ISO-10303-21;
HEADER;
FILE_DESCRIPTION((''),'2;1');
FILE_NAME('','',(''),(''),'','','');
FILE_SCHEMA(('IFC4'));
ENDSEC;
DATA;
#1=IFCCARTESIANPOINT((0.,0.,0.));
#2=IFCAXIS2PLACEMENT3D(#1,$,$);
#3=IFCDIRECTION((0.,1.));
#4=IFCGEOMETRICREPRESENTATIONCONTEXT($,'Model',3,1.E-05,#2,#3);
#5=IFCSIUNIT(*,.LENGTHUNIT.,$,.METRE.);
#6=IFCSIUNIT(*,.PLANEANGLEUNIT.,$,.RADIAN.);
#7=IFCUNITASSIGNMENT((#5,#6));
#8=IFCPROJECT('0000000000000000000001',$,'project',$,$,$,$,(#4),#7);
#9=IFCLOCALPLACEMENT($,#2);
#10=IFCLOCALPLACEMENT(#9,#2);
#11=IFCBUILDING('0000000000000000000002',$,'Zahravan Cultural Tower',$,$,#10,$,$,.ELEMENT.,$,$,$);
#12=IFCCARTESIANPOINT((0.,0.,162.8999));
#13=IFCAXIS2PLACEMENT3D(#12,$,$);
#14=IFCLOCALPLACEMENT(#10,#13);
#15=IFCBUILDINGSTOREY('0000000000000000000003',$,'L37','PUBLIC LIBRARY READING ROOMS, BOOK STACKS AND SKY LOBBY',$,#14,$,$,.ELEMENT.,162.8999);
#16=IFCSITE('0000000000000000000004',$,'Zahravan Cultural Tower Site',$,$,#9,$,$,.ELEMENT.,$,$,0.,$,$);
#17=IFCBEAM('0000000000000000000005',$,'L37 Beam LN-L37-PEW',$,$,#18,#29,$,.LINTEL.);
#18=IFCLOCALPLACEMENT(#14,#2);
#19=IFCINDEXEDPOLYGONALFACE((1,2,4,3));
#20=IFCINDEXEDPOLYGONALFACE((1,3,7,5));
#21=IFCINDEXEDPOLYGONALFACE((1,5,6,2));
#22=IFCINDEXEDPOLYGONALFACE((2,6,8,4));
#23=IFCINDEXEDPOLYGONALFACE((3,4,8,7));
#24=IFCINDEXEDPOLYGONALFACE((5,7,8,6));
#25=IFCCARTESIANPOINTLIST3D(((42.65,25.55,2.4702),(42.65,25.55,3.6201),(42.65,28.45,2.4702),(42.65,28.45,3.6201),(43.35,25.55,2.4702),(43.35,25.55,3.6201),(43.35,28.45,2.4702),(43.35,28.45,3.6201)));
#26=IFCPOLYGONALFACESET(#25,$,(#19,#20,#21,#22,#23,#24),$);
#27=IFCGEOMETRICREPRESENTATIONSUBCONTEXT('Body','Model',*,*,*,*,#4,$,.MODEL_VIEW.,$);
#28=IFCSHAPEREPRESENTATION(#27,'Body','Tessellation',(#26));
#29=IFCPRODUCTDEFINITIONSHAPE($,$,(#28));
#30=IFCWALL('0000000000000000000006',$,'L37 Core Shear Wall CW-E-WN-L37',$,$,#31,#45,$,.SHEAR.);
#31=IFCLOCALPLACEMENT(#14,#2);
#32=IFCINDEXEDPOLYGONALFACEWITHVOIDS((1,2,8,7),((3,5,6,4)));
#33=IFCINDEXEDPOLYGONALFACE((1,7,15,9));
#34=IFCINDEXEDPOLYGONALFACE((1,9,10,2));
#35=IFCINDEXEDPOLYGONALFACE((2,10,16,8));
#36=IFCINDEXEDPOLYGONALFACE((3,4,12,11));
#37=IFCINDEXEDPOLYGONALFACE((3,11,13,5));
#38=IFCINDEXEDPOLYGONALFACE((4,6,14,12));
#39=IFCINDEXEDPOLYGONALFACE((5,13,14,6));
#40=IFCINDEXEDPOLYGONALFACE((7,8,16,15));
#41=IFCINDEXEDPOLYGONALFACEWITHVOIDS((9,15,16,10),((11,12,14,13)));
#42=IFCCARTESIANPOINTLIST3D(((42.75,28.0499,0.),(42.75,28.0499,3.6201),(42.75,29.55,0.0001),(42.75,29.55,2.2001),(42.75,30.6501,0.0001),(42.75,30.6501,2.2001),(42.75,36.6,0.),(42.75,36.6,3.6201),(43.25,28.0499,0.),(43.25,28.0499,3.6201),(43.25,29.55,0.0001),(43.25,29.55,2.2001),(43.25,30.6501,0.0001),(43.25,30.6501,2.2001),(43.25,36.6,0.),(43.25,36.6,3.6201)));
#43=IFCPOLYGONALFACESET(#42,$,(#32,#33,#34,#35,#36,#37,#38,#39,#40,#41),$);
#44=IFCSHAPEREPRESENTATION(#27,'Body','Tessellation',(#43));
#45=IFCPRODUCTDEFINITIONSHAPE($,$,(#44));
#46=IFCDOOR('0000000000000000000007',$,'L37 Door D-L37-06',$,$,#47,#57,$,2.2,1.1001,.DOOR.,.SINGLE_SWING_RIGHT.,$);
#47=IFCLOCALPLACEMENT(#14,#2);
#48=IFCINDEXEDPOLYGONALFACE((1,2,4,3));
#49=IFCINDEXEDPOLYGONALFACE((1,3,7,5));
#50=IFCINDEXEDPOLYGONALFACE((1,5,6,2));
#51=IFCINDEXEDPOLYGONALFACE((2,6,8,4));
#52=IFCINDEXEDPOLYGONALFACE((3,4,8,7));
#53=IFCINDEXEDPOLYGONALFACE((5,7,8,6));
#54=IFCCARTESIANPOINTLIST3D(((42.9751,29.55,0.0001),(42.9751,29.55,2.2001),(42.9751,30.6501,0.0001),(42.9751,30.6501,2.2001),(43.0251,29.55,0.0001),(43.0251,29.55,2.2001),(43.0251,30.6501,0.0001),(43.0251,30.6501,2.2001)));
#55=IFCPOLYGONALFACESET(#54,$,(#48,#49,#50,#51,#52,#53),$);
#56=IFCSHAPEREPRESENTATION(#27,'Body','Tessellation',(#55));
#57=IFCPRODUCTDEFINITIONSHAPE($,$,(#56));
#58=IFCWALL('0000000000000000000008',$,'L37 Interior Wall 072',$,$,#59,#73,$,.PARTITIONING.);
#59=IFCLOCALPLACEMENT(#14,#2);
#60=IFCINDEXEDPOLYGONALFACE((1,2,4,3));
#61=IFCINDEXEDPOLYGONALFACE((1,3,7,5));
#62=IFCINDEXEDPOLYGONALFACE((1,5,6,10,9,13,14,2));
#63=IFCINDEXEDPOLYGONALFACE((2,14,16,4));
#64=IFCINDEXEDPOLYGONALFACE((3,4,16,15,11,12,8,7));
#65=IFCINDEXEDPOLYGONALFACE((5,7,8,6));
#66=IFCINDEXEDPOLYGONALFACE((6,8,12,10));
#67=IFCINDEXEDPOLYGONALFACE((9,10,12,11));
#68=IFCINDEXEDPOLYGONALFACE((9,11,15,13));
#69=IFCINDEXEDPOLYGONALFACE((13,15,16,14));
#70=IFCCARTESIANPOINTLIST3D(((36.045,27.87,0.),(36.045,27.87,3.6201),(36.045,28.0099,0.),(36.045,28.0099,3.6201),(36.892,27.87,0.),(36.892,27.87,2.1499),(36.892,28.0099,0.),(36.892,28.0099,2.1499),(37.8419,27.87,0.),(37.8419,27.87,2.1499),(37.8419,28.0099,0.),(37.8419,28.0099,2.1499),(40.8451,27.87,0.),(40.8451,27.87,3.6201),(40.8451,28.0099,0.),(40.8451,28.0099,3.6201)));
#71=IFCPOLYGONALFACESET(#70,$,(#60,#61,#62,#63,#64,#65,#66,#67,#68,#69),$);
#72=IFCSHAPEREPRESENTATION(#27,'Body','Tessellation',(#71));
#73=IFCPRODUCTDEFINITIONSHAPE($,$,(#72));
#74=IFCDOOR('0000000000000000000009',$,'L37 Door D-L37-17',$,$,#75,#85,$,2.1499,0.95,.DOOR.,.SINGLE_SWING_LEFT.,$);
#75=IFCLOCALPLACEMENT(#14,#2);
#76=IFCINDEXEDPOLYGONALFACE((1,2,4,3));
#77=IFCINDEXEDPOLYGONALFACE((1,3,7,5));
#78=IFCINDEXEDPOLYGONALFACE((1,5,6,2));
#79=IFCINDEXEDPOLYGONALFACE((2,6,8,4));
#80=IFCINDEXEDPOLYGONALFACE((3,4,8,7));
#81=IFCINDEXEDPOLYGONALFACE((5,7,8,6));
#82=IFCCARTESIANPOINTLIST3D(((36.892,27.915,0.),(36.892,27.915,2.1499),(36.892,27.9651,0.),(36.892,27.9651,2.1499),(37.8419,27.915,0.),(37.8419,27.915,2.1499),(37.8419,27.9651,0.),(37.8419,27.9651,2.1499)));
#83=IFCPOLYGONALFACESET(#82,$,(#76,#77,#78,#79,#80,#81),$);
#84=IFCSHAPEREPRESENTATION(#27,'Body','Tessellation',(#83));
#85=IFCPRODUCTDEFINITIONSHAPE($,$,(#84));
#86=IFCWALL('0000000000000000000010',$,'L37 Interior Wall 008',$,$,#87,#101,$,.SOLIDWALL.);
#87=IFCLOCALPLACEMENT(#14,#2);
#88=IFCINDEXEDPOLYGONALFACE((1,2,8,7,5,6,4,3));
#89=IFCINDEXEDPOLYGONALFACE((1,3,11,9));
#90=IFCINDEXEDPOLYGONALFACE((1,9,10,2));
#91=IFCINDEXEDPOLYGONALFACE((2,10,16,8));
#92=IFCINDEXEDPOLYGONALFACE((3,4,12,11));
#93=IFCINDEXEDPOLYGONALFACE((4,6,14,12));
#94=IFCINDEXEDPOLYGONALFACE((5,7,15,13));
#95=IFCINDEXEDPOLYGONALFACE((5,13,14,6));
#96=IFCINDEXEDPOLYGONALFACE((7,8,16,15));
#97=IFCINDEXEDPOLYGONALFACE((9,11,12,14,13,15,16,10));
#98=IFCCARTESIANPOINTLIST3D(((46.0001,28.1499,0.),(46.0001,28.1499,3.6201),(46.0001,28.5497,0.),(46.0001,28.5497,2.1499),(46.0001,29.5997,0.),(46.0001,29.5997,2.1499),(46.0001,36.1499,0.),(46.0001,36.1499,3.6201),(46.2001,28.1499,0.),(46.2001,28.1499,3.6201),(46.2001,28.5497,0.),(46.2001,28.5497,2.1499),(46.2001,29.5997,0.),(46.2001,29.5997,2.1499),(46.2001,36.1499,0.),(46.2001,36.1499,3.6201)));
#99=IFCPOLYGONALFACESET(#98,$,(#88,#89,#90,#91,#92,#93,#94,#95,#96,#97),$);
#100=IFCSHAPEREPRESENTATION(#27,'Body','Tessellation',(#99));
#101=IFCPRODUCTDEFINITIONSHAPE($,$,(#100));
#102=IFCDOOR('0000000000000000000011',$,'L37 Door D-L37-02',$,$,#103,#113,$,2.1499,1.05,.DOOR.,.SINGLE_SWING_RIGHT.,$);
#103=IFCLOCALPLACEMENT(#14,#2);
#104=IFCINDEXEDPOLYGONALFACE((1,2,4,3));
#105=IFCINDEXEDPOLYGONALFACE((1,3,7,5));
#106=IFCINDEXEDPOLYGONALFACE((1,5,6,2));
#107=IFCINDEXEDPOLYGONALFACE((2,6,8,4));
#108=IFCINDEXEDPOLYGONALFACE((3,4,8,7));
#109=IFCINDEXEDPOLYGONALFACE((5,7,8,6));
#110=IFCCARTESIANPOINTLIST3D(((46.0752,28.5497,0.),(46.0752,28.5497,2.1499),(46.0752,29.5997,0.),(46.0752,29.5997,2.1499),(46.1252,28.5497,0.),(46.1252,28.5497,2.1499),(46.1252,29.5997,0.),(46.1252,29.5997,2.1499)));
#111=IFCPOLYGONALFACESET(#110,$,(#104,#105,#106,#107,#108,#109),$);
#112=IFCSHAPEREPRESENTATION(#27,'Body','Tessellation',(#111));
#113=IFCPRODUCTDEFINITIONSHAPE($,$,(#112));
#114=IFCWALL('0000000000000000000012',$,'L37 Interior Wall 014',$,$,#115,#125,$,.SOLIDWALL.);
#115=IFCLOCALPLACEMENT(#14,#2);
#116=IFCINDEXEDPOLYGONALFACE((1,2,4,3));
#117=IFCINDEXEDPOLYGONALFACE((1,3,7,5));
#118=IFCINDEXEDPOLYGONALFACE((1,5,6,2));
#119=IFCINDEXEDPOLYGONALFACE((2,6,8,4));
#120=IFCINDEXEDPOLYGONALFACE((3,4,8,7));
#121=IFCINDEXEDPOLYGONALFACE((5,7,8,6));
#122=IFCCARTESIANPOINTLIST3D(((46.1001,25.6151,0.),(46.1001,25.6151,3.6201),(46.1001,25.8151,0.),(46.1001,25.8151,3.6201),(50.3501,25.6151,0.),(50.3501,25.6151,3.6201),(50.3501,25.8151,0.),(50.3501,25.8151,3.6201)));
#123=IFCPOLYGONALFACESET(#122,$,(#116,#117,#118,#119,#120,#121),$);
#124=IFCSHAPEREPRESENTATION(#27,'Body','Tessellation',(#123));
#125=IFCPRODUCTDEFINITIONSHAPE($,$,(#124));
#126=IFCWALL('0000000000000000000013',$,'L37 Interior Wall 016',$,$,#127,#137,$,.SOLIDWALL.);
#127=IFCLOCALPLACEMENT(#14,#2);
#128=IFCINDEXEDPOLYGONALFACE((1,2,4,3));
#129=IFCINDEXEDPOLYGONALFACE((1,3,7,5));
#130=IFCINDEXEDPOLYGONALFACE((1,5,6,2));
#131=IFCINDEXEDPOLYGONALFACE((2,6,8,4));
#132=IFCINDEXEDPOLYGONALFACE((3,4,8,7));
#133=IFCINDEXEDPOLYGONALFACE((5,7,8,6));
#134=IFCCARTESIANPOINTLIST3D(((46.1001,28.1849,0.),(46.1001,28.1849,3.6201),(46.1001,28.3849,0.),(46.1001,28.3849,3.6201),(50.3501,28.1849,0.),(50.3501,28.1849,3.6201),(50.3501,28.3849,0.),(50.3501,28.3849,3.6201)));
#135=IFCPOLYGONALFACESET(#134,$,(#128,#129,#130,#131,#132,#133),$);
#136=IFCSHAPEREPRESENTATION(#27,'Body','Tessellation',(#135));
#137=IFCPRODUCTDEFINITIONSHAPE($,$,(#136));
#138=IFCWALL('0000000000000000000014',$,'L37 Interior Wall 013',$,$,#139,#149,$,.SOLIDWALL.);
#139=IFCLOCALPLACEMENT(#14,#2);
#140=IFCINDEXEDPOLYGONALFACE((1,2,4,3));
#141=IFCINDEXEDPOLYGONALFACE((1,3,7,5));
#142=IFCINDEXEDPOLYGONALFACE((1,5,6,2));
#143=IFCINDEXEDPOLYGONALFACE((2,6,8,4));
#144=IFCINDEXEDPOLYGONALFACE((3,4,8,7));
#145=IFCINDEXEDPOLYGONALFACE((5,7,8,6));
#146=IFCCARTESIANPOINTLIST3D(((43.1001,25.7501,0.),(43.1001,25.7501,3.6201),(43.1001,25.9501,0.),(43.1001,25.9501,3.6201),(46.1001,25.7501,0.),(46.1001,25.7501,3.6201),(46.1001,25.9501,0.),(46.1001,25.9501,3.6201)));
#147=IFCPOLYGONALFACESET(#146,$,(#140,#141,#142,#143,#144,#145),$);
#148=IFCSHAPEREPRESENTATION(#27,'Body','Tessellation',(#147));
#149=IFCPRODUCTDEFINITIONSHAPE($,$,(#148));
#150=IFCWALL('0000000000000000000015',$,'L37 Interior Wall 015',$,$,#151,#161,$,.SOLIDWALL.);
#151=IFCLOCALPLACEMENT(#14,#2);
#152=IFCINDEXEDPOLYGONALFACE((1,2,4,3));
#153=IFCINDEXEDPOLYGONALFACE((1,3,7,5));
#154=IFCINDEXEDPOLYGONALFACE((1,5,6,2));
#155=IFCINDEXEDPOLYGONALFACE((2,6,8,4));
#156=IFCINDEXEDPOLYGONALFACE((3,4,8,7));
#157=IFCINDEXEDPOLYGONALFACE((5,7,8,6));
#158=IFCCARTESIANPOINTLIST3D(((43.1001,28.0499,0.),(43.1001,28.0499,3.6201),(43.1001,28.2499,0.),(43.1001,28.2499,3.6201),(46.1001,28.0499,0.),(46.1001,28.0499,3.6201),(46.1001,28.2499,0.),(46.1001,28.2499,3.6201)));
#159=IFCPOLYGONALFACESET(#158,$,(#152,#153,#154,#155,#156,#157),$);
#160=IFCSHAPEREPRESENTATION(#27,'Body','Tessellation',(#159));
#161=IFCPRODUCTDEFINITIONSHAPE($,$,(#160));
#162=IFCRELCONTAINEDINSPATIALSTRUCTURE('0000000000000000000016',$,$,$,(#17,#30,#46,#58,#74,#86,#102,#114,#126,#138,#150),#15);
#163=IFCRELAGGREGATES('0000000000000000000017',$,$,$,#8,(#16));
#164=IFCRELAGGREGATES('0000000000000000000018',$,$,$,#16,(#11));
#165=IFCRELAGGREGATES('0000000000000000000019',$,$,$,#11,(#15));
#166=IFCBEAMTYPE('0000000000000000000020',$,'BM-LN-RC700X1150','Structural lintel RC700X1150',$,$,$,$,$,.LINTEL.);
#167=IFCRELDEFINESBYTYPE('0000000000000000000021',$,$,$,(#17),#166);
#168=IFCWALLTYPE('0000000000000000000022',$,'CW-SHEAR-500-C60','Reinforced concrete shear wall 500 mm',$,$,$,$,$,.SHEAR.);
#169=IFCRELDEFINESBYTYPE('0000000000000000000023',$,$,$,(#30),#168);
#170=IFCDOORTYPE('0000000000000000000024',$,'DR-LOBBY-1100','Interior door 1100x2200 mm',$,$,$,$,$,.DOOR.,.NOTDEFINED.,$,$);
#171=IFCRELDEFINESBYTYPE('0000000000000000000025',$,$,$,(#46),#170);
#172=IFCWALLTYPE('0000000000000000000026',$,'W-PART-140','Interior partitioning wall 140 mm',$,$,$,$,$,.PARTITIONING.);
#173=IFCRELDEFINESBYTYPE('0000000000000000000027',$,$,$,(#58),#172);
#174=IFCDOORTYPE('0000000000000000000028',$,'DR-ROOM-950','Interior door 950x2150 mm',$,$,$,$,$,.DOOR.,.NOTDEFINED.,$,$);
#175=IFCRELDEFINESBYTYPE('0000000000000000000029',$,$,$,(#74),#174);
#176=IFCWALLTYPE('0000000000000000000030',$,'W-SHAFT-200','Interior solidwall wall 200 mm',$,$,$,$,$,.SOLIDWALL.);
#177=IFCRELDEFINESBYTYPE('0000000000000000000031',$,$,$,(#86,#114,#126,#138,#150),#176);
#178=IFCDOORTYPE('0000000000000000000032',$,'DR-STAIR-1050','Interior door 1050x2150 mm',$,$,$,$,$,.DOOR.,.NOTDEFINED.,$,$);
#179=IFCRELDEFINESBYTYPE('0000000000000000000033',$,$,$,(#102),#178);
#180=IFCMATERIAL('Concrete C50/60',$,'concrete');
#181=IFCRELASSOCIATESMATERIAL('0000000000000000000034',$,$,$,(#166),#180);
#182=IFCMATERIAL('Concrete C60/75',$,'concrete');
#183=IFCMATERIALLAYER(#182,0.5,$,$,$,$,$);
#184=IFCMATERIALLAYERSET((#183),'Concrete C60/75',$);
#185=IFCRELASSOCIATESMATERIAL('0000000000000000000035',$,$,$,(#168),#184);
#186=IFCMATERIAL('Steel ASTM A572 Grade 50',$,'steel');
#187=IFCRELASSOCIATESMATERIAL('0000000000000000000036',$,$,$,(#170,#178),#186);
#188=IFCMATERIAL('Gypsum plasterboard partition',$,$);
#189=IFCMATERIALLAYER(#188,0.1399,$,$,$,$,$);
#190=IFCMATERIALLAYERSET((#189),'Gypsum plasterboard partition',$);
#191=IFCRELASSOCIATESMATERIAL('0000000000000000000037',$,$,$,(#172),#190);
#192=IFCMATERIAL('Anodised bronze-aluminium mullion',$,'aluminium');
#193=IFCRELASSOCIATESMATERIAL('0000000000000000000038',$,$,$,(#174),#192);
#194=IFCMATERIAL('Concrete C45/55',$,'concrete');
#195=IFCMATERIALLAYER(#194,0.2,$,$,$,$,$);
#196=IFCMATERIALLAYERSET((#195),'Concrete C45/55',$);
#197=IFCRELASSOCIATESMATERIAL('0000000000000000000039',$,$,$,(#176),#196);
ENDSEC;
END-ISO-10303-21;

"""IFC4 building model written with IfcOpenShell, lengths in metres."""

from ifc_helpers import new_model, si_unit, direction, frame, frame_2d, origin, origin_2d, place, context, subcontext, project, spatial, rectangle, extrude, source, transform, mapped, material, layer, layer_set, material_profile, profile_set, type_object, element, fill, save


model = new_model("IFC4")

# Units and contexts
model_context = context("Model", 3, precision=1e-05, world=origin(), true_north=direction((0.0, 1.0)))
body_context = subcontext(model_context, "Body", "Model", "MODEL_VIEW")
ifc_project = project(units=[si_unit("LENGTHUNIT", "METRE"), si_unit("PLANEANGLEUNIT", "RADIAN")], contexts=[model_context])

# Site, building, storey
site_placement = place(None, origin())
site = spatial("IfcSite", under=ifc_project, at=site_placement, Name="Zahravan Cultural Tower Site", CompositionType="ELEMENT", RefElevation=0.0)
building_placement = place(site_placement, origin())
building = spatial("IfcBuilding", under=site, at=building_placement, Name="Zahravan Cultural Tower", CompositionType="ELEMENT")
storey_placement = place(building_placement, frame((0.0, 0.0, 162.8999)))
storey = spatial("IfcBuildingStorey", under=building, at=storey_placement, Name="L37", Description="PUBLIC LIBRARY READING ROOMS, BOOK STACKS AND SKY LOBBY", CompositionType="ELEMENT", Elevation=162.8999)

# Beam
ifc_material_1 = material(Name="Concrete C50/60", Category="concrete")
ifc_material_profile = material_profile(ifc_material_1, rectangle(XDim=0.7, YDim=1.1499, at=origin_2d()), Name="RC700X1150")
ifc_profile_set = profile_set([ifc_material_profile], Name="Concrete C50/60")
beam_type = type_object("IfcBeamType", Name="BM-LN-RC700X1150", Description="Structural lintel RC700X1150", PredefinedType="LINTEL", material=ifc_profile_set)
shared_shape_1 = source(origin(), body_context, "Body", "SweptSolid", [
    extrude(rectangle(XDim=0.7, YDim=1.1499, at=origin_2d()), origin(), (0.0, 0.0, 1.0), 2.8999),
])
beam_placement = place(storey_placement, frame((43.0, 25.55, 3.0452), z_axis=(0.0, 1.0, 0.0), x_axis=(-1.0, 0.0, 0.0)))
element("IfcBeam", 1, at=beam_placement, inside=storey, type_object=beam_type, Name="L37 Beam LN-L37-PEW", PredefinedType="LINTEL", context=body_context, shape_type="MappedRepresentation", body=[
    mapped(shared_shape_1, transform((0.0, 0.0, 0.0), x_axis=(1.0, 0.0, 0.0), y_axis=(0.0, 1.0, 0.0), z_axis=(0.0, 0.0, 1.0), scale=1.0)),
])

# Walls, openings, doors
ifc_material_2 = material(Name="Concrete C60/75", Category="concrete")
ifc_layer_1 = layer(ifc_material_2, 0.5)
ifc_layer_set_1 = layer_set([ifc_layer_1], Name="Concrete C60/75")
wall_type_1 = type_object("IfcWallType", Name="CW-SHEAR-500-C60", Description="Reinforced concrete shear wall 500 mm", PredefinedType="SHEAR", material=ifc_layer_set_1)
wall_1_placement = place(storey_placement, frame((43.0, 28.05, 0.0), z_axis=(0.0, 0.0, 1.0), x_axis=(0.0, 1.0, 0.0)))
wall_1 = element("IfcWall", 2, at=wall_1_placement, inside=storey, type_object=wall_type_1, Name="L37 Core Shear Wall CW-E-WN-L37", PredefinedType="SHEAR", context=body_context, shape_type="SweptSolid", body=[
    extrude(rectangle(XDim=8.55, YDim=0.5, at=frame_2d((4.2749, 0.0))), origin(), (0.0, 0.0, 1.0), 3.6201),
])
opening_1_placement = place(wall_1_placement, frame((1.5, 0.0, 0.0)))
opening_1 = element("IfcOpeningElement", 3, at=opening_1_placement, cuts=wall_1, PredefinedType="OPENING", context=body_context, shape_type="SweptSolid", body=[
    extrude(rectangle(XDim=1.1001, YDim=2.2, at=frame_2d((0.55, 1.1001))), frame((0.0, 0.26, 0.0), z_axis=(0.0, -1.0, 0.0), x_axis=(1.0, 0.0, 0.0)), (0.0, 0.0, 1.0), 0.52),
])
ifc_material_3 = material(Name="Steel ASTM A572 Grade 50", Category="steel")
door_type_1 = type_object("IfcDoorType", Name="DR-LOBBY-1100", Description="Interior door 1100x2200 mm", OperationType="NOTDEFINED", PredefinedType="DOOR", material=ifc_material_3)
shared_shape_2 = source(origin(), body_context, "Body", "SweptSolid", [
    extrude(rectangle(XDim=1.1001, YDim=2.2, at=frame_2d((0.55, 1.1001))), frame((0.0, 0.0249, 0.0), z_axis=(0.0, -1.0, 0.0), x_axis=(1.0, 0.0, 0.0)), (0.0, 0.0, 1.0), 0.05),
])
door_1_placement = place(opening_1_placement, origin())
door_1 = element("IfcDoor", 4, at=door_1_placement, inside=storey, type_object=door_type_1, Name="L37 Door D-L37-06", OperationType="SINGLE_SWING_RIGHT", OverallHeight=2.2, OverallWidth=1.1001, PredefinedType="DOOR", context=body_context, shape_type="MappedRepresentation", body=[
    mapped(shared_shape_2, transform((0.0, 0.0, 0.0), x_axis=(1.0, 0.0, 0.0), y_axis=(0.0, 1.0, 0.0), z_axis=(0.0, 0.0, 1.0), scale=1.0)),
])
fill(opening_1, door_1)
ifc_material_4 = material(Name="Gypsum plasterboard partition")
ifc_layer_2 = layer(ifc_material_4, 0.1399)
ifc_layer_set_2 = layer_set([ifc_layer_2], Name="Gypsum plasterboard partition")
wall_type_2 = type_object("IfcWallType", Name="W-PART-140", Description="Interior partitioning wall 140 mm", PredefinedType="PARTITIONING", material=ifc_layer_set_2)
wall_2_placement = place(storey_placement, frame((40.845, 27.9399, 0.0), z_axis=(0.0, 0.0, 1.0), x_axis=(-1.0, 0.0, 0.0)))
wall_2 = element("IfcWall", 5, at=wall_2_placement, inside=storey, type_object=wall_type_2, Name="L37 Interior Wall 072", PredefinedType="PARTITIONING", context=body_context, shape_type="SweptSolid", body=[
    extrude(rectangle(XDim=4.8, YDim=0.1399, at=frame_2d((2.3999, 0.0))), origin(), (0.0, 0.0, 1.0), 3.6201),
])
opening_2_placement = place(wall_2_placement, frame((3.0029, 0.0, 0.0)))
opening_2 = element("IfcOpeningElement", 6, at=opening_2_placement, cuts=wall_2, PredefinedType="OPENING", context=body_context, shape_type="SweptSolid", body=[
    extrude(rectangle(XDim=0.95, YDim=2.1499, at=frame_2d((0.4751, 1.075))), frame((0.0, 0.0798, 0.0), z_axis=(0.0, -1.0, 0.0), x_axis=(1.0, 0.0, 0.0)), (0.0, 0.0, 1.0), 0.1599),
])
ifc_material_5 = material(Name="Anodised bronze-aluminium mullion", Category="aluminium")
door_type_2 = type_object("IfcDoorType", Name="DR-ROOM-950", Description="Interior door 950x2150 mm", OperationType="NOTDEFINED", PredefinedType="DOOR", material=ifc_material_5)
shared_shape_3 = source(origin(), body_context, "Body", "SweptSolid", [
    extrude(rectangle(XDim=0.95, YDim=2.1499, at=frame_2d((0.4751, 1.075))), frame((0.0, 0.0249, 0.0), z_axis=(0.0, -1.0, 0.0), x_axis=(1.0, 0.0, 0.0)), (0.0, 0.0, 1.0), 0.05),
])
door_2_placement = place(opening_2_placement, origin())
door_2 = element("IfcDoor", 7, at=door_2_placement, inside=storey, type_object=door_type_2, Name="L37 Door D-L37-17", OperationType="SINGLE_SWING_LEFT", OverallHeight=2.1499, OverallWidth=0.95, PredefinedType="DOOR", context=body_context, shape_type="MappedRepresentation", body=[
    mapped(shared_shape_3, transform((0.0, 0.0, 0.0), x_axis=(1.0, 0.0, 0.0), y_axis=(0.0, 1.0, 0.0), z_axis=(0.0, 0.0, 1.0), scale=1.0)),
])
fill(opening_2, door_2)
ifc_material_6 = material(Name="Concrete C45/55", Category="concrete")
ifc_layer_3 = layer(ifc_material_6, 0.2)
ifc_layer_set_3 = layer_set([ifc_layer_3], Name="Concrete C45/55")
wall_type_3 = type_object("IfcWallType", Name="W-SHAFT-200", Description="Interior solidwall wall 200 mm", PredefinedType="SOLIDWALL", material=ifc_layer_set_3)
wall_3_placement = place(storey_placement, frame((46.1001, 28.1499, 0.0), z_axis=(0.0, 0.0, 1.0), x_axis=(0.0, 1.0, 0.0)))
wall_3 = element("IfcWall", 8, at=wall_3_placement, inside=storey, type_object=wall_type_3, Name="L37 Interior Wall 008", PredefinedType="SOLIDWALL", context=body_context, shape_type="SweptSolid", body=[
    extrude(rectangle(XDim=8.0, YDim=0.2, at=frame_2d((4.0, 0.0))), origin(), (0.0, 0.0, 1.0), 3.6201),
])
opening_3_placement = place(wall_3_placement, frame((0.3999, 0.0, 0.0)))
opening_3 = element("IfcOpeningElement", 9, at=opening_3_placement, cuts=wall_3, PredefinedType="OPENING", context=body_context, shape_type="SweptSolid", body=[
    extrude(rectangle(XDim=1.05, YDim=2.1499, at=frame_2d((0.5249, 1.075))), frame((0.0, 0.1099, 0.0), z_axis=(0.0, -1.0, 0.0), x_axis=(1.0, 0.0, 0.0)), (0.0, 0.0, 1.0), 0.22),
])
door_type_3 = type_object("IfcDoorType", Name="DR-STAIR-1050", Description="Interior door 1050x2150 mm", OperationType="NOTDEFINED", PredefinedType="DOOR", material=ifc_material_3)
shared_shape_4 = source(origin(), body_context, "Body", "SweptSolid", [
    extrude(rectangle(XDim=1.05, YDim=2.1499, at=frame_2d((0.5249, 1.075))), frame((0.0, 0.0249, 0.0), z_axis=(0.0, -1.0, 0.0), x_axis=(1.0, 0.0, 0.0)), (0.0, 0.0, 1.0), 0.05),
])
door_3_placement = place(opening_3_placement, origin())
door_3 = element("IfcDoor", 10, at=door_3_placement, inside=storey, type_object=door_type_3, Name="L37 Door D-L37-02", OperationType="SINGLE_SWING_RIGHT", OverallHeight=2.1499, OverallWidth=1.05, PredefinedType="DOOR", context=body_context, shape_type="MappedRepresentation", body=[
    mapped(shared_shape_4, transform((0.0, 0.0, 0.0), x_axis=(1.0, 0.0, 0.0), y_axis=(0.0, 1.0, 0.0), z_axis=(0.0, 0.0, 1.0), scale=1.0)),
])
fill(opening_3, door_3)

# Walls
shared_shape_5 = source(origin(), body_context, "Body", "SweptSolid", [
    extrude(rectangle(XDim=4.25, YDim=0.2, at=frame_2d((2.125, 0.0))), origin(), (0.0, 0.0, 1.0), 3.6201),
])
for number, where, z_axis, x_axis, name in (
    (11, (46.1001, 25.7151, 0.0), (0.0, 0.0, 1.0), (1.0, 0.0, 0.0), "L37 Interior Wall 014"),
    (12, (46.1001, 28.2849, 0.0), (0.0, 0.0, 1.0), (1.0, 0.0, 0.0), "L37 Interior Wall 016"),
):
    element("IfcWall", number, at=place(storey_placement, frame(where, z_axis=z_axis, x_axis=x_axis)), inside=storey, type_object=wall_type_3, Name=name, PredefinedType="SOLIDWALL", context=body_context, shape_type="MappedRepresentation", body=[
        mapped(shared_shape_5, transform((0.0, 0.0, 0.0), x_axis=(1.0, 0.0, 0.0), y_axis=(0.0, 1.0, 0.0), z_axis=(0.0, 0.0, 1.0), scale=1.0)),
    ])
shared_shape_6 = source(origin(), body_context, "Body", "SweptSolid", [
    extrude(rectangle(XDim=3.0, YDim=0.2, at=frame_2d((1.5, 0.0))), origin(), (0.0, 0.0, 1.0), 3.6201),
])
for number, where, z_axis, x_axis, name in (
    (13, (43.1001, 25.8501, 0.0), (0.0, 0.0, 1.0), (1.0, 0.0, 0.0), "L37 Interior Wall 013"),
    (14, (43.1001, 28.1499, 0.0), (0.0, 0.0, 1.0), (1.0, 0.0, 0.0), "L37 Interior Wall 015"),
):
    element("IfcWall", number, at=place(storey_placement, frame(where, z_axis=z_axis, x_axis=x_axis)), inside=storey, type_object=wall_type_3, Name=name, PredefinedType="SOLIDWALL", context=body_context, shape_type="MappedRepresentation", body=[
        mapped(shared_shape_6, transform((0.0, 0.0, 0.0), x_axis=(1.0, 0.0, 0.0), y_axis=(0.0, 1.0, 0.0), z_axis=(0.0, 0.0, 1.0), scale=1.0)),
    ])

save(model, "model.ifc")
